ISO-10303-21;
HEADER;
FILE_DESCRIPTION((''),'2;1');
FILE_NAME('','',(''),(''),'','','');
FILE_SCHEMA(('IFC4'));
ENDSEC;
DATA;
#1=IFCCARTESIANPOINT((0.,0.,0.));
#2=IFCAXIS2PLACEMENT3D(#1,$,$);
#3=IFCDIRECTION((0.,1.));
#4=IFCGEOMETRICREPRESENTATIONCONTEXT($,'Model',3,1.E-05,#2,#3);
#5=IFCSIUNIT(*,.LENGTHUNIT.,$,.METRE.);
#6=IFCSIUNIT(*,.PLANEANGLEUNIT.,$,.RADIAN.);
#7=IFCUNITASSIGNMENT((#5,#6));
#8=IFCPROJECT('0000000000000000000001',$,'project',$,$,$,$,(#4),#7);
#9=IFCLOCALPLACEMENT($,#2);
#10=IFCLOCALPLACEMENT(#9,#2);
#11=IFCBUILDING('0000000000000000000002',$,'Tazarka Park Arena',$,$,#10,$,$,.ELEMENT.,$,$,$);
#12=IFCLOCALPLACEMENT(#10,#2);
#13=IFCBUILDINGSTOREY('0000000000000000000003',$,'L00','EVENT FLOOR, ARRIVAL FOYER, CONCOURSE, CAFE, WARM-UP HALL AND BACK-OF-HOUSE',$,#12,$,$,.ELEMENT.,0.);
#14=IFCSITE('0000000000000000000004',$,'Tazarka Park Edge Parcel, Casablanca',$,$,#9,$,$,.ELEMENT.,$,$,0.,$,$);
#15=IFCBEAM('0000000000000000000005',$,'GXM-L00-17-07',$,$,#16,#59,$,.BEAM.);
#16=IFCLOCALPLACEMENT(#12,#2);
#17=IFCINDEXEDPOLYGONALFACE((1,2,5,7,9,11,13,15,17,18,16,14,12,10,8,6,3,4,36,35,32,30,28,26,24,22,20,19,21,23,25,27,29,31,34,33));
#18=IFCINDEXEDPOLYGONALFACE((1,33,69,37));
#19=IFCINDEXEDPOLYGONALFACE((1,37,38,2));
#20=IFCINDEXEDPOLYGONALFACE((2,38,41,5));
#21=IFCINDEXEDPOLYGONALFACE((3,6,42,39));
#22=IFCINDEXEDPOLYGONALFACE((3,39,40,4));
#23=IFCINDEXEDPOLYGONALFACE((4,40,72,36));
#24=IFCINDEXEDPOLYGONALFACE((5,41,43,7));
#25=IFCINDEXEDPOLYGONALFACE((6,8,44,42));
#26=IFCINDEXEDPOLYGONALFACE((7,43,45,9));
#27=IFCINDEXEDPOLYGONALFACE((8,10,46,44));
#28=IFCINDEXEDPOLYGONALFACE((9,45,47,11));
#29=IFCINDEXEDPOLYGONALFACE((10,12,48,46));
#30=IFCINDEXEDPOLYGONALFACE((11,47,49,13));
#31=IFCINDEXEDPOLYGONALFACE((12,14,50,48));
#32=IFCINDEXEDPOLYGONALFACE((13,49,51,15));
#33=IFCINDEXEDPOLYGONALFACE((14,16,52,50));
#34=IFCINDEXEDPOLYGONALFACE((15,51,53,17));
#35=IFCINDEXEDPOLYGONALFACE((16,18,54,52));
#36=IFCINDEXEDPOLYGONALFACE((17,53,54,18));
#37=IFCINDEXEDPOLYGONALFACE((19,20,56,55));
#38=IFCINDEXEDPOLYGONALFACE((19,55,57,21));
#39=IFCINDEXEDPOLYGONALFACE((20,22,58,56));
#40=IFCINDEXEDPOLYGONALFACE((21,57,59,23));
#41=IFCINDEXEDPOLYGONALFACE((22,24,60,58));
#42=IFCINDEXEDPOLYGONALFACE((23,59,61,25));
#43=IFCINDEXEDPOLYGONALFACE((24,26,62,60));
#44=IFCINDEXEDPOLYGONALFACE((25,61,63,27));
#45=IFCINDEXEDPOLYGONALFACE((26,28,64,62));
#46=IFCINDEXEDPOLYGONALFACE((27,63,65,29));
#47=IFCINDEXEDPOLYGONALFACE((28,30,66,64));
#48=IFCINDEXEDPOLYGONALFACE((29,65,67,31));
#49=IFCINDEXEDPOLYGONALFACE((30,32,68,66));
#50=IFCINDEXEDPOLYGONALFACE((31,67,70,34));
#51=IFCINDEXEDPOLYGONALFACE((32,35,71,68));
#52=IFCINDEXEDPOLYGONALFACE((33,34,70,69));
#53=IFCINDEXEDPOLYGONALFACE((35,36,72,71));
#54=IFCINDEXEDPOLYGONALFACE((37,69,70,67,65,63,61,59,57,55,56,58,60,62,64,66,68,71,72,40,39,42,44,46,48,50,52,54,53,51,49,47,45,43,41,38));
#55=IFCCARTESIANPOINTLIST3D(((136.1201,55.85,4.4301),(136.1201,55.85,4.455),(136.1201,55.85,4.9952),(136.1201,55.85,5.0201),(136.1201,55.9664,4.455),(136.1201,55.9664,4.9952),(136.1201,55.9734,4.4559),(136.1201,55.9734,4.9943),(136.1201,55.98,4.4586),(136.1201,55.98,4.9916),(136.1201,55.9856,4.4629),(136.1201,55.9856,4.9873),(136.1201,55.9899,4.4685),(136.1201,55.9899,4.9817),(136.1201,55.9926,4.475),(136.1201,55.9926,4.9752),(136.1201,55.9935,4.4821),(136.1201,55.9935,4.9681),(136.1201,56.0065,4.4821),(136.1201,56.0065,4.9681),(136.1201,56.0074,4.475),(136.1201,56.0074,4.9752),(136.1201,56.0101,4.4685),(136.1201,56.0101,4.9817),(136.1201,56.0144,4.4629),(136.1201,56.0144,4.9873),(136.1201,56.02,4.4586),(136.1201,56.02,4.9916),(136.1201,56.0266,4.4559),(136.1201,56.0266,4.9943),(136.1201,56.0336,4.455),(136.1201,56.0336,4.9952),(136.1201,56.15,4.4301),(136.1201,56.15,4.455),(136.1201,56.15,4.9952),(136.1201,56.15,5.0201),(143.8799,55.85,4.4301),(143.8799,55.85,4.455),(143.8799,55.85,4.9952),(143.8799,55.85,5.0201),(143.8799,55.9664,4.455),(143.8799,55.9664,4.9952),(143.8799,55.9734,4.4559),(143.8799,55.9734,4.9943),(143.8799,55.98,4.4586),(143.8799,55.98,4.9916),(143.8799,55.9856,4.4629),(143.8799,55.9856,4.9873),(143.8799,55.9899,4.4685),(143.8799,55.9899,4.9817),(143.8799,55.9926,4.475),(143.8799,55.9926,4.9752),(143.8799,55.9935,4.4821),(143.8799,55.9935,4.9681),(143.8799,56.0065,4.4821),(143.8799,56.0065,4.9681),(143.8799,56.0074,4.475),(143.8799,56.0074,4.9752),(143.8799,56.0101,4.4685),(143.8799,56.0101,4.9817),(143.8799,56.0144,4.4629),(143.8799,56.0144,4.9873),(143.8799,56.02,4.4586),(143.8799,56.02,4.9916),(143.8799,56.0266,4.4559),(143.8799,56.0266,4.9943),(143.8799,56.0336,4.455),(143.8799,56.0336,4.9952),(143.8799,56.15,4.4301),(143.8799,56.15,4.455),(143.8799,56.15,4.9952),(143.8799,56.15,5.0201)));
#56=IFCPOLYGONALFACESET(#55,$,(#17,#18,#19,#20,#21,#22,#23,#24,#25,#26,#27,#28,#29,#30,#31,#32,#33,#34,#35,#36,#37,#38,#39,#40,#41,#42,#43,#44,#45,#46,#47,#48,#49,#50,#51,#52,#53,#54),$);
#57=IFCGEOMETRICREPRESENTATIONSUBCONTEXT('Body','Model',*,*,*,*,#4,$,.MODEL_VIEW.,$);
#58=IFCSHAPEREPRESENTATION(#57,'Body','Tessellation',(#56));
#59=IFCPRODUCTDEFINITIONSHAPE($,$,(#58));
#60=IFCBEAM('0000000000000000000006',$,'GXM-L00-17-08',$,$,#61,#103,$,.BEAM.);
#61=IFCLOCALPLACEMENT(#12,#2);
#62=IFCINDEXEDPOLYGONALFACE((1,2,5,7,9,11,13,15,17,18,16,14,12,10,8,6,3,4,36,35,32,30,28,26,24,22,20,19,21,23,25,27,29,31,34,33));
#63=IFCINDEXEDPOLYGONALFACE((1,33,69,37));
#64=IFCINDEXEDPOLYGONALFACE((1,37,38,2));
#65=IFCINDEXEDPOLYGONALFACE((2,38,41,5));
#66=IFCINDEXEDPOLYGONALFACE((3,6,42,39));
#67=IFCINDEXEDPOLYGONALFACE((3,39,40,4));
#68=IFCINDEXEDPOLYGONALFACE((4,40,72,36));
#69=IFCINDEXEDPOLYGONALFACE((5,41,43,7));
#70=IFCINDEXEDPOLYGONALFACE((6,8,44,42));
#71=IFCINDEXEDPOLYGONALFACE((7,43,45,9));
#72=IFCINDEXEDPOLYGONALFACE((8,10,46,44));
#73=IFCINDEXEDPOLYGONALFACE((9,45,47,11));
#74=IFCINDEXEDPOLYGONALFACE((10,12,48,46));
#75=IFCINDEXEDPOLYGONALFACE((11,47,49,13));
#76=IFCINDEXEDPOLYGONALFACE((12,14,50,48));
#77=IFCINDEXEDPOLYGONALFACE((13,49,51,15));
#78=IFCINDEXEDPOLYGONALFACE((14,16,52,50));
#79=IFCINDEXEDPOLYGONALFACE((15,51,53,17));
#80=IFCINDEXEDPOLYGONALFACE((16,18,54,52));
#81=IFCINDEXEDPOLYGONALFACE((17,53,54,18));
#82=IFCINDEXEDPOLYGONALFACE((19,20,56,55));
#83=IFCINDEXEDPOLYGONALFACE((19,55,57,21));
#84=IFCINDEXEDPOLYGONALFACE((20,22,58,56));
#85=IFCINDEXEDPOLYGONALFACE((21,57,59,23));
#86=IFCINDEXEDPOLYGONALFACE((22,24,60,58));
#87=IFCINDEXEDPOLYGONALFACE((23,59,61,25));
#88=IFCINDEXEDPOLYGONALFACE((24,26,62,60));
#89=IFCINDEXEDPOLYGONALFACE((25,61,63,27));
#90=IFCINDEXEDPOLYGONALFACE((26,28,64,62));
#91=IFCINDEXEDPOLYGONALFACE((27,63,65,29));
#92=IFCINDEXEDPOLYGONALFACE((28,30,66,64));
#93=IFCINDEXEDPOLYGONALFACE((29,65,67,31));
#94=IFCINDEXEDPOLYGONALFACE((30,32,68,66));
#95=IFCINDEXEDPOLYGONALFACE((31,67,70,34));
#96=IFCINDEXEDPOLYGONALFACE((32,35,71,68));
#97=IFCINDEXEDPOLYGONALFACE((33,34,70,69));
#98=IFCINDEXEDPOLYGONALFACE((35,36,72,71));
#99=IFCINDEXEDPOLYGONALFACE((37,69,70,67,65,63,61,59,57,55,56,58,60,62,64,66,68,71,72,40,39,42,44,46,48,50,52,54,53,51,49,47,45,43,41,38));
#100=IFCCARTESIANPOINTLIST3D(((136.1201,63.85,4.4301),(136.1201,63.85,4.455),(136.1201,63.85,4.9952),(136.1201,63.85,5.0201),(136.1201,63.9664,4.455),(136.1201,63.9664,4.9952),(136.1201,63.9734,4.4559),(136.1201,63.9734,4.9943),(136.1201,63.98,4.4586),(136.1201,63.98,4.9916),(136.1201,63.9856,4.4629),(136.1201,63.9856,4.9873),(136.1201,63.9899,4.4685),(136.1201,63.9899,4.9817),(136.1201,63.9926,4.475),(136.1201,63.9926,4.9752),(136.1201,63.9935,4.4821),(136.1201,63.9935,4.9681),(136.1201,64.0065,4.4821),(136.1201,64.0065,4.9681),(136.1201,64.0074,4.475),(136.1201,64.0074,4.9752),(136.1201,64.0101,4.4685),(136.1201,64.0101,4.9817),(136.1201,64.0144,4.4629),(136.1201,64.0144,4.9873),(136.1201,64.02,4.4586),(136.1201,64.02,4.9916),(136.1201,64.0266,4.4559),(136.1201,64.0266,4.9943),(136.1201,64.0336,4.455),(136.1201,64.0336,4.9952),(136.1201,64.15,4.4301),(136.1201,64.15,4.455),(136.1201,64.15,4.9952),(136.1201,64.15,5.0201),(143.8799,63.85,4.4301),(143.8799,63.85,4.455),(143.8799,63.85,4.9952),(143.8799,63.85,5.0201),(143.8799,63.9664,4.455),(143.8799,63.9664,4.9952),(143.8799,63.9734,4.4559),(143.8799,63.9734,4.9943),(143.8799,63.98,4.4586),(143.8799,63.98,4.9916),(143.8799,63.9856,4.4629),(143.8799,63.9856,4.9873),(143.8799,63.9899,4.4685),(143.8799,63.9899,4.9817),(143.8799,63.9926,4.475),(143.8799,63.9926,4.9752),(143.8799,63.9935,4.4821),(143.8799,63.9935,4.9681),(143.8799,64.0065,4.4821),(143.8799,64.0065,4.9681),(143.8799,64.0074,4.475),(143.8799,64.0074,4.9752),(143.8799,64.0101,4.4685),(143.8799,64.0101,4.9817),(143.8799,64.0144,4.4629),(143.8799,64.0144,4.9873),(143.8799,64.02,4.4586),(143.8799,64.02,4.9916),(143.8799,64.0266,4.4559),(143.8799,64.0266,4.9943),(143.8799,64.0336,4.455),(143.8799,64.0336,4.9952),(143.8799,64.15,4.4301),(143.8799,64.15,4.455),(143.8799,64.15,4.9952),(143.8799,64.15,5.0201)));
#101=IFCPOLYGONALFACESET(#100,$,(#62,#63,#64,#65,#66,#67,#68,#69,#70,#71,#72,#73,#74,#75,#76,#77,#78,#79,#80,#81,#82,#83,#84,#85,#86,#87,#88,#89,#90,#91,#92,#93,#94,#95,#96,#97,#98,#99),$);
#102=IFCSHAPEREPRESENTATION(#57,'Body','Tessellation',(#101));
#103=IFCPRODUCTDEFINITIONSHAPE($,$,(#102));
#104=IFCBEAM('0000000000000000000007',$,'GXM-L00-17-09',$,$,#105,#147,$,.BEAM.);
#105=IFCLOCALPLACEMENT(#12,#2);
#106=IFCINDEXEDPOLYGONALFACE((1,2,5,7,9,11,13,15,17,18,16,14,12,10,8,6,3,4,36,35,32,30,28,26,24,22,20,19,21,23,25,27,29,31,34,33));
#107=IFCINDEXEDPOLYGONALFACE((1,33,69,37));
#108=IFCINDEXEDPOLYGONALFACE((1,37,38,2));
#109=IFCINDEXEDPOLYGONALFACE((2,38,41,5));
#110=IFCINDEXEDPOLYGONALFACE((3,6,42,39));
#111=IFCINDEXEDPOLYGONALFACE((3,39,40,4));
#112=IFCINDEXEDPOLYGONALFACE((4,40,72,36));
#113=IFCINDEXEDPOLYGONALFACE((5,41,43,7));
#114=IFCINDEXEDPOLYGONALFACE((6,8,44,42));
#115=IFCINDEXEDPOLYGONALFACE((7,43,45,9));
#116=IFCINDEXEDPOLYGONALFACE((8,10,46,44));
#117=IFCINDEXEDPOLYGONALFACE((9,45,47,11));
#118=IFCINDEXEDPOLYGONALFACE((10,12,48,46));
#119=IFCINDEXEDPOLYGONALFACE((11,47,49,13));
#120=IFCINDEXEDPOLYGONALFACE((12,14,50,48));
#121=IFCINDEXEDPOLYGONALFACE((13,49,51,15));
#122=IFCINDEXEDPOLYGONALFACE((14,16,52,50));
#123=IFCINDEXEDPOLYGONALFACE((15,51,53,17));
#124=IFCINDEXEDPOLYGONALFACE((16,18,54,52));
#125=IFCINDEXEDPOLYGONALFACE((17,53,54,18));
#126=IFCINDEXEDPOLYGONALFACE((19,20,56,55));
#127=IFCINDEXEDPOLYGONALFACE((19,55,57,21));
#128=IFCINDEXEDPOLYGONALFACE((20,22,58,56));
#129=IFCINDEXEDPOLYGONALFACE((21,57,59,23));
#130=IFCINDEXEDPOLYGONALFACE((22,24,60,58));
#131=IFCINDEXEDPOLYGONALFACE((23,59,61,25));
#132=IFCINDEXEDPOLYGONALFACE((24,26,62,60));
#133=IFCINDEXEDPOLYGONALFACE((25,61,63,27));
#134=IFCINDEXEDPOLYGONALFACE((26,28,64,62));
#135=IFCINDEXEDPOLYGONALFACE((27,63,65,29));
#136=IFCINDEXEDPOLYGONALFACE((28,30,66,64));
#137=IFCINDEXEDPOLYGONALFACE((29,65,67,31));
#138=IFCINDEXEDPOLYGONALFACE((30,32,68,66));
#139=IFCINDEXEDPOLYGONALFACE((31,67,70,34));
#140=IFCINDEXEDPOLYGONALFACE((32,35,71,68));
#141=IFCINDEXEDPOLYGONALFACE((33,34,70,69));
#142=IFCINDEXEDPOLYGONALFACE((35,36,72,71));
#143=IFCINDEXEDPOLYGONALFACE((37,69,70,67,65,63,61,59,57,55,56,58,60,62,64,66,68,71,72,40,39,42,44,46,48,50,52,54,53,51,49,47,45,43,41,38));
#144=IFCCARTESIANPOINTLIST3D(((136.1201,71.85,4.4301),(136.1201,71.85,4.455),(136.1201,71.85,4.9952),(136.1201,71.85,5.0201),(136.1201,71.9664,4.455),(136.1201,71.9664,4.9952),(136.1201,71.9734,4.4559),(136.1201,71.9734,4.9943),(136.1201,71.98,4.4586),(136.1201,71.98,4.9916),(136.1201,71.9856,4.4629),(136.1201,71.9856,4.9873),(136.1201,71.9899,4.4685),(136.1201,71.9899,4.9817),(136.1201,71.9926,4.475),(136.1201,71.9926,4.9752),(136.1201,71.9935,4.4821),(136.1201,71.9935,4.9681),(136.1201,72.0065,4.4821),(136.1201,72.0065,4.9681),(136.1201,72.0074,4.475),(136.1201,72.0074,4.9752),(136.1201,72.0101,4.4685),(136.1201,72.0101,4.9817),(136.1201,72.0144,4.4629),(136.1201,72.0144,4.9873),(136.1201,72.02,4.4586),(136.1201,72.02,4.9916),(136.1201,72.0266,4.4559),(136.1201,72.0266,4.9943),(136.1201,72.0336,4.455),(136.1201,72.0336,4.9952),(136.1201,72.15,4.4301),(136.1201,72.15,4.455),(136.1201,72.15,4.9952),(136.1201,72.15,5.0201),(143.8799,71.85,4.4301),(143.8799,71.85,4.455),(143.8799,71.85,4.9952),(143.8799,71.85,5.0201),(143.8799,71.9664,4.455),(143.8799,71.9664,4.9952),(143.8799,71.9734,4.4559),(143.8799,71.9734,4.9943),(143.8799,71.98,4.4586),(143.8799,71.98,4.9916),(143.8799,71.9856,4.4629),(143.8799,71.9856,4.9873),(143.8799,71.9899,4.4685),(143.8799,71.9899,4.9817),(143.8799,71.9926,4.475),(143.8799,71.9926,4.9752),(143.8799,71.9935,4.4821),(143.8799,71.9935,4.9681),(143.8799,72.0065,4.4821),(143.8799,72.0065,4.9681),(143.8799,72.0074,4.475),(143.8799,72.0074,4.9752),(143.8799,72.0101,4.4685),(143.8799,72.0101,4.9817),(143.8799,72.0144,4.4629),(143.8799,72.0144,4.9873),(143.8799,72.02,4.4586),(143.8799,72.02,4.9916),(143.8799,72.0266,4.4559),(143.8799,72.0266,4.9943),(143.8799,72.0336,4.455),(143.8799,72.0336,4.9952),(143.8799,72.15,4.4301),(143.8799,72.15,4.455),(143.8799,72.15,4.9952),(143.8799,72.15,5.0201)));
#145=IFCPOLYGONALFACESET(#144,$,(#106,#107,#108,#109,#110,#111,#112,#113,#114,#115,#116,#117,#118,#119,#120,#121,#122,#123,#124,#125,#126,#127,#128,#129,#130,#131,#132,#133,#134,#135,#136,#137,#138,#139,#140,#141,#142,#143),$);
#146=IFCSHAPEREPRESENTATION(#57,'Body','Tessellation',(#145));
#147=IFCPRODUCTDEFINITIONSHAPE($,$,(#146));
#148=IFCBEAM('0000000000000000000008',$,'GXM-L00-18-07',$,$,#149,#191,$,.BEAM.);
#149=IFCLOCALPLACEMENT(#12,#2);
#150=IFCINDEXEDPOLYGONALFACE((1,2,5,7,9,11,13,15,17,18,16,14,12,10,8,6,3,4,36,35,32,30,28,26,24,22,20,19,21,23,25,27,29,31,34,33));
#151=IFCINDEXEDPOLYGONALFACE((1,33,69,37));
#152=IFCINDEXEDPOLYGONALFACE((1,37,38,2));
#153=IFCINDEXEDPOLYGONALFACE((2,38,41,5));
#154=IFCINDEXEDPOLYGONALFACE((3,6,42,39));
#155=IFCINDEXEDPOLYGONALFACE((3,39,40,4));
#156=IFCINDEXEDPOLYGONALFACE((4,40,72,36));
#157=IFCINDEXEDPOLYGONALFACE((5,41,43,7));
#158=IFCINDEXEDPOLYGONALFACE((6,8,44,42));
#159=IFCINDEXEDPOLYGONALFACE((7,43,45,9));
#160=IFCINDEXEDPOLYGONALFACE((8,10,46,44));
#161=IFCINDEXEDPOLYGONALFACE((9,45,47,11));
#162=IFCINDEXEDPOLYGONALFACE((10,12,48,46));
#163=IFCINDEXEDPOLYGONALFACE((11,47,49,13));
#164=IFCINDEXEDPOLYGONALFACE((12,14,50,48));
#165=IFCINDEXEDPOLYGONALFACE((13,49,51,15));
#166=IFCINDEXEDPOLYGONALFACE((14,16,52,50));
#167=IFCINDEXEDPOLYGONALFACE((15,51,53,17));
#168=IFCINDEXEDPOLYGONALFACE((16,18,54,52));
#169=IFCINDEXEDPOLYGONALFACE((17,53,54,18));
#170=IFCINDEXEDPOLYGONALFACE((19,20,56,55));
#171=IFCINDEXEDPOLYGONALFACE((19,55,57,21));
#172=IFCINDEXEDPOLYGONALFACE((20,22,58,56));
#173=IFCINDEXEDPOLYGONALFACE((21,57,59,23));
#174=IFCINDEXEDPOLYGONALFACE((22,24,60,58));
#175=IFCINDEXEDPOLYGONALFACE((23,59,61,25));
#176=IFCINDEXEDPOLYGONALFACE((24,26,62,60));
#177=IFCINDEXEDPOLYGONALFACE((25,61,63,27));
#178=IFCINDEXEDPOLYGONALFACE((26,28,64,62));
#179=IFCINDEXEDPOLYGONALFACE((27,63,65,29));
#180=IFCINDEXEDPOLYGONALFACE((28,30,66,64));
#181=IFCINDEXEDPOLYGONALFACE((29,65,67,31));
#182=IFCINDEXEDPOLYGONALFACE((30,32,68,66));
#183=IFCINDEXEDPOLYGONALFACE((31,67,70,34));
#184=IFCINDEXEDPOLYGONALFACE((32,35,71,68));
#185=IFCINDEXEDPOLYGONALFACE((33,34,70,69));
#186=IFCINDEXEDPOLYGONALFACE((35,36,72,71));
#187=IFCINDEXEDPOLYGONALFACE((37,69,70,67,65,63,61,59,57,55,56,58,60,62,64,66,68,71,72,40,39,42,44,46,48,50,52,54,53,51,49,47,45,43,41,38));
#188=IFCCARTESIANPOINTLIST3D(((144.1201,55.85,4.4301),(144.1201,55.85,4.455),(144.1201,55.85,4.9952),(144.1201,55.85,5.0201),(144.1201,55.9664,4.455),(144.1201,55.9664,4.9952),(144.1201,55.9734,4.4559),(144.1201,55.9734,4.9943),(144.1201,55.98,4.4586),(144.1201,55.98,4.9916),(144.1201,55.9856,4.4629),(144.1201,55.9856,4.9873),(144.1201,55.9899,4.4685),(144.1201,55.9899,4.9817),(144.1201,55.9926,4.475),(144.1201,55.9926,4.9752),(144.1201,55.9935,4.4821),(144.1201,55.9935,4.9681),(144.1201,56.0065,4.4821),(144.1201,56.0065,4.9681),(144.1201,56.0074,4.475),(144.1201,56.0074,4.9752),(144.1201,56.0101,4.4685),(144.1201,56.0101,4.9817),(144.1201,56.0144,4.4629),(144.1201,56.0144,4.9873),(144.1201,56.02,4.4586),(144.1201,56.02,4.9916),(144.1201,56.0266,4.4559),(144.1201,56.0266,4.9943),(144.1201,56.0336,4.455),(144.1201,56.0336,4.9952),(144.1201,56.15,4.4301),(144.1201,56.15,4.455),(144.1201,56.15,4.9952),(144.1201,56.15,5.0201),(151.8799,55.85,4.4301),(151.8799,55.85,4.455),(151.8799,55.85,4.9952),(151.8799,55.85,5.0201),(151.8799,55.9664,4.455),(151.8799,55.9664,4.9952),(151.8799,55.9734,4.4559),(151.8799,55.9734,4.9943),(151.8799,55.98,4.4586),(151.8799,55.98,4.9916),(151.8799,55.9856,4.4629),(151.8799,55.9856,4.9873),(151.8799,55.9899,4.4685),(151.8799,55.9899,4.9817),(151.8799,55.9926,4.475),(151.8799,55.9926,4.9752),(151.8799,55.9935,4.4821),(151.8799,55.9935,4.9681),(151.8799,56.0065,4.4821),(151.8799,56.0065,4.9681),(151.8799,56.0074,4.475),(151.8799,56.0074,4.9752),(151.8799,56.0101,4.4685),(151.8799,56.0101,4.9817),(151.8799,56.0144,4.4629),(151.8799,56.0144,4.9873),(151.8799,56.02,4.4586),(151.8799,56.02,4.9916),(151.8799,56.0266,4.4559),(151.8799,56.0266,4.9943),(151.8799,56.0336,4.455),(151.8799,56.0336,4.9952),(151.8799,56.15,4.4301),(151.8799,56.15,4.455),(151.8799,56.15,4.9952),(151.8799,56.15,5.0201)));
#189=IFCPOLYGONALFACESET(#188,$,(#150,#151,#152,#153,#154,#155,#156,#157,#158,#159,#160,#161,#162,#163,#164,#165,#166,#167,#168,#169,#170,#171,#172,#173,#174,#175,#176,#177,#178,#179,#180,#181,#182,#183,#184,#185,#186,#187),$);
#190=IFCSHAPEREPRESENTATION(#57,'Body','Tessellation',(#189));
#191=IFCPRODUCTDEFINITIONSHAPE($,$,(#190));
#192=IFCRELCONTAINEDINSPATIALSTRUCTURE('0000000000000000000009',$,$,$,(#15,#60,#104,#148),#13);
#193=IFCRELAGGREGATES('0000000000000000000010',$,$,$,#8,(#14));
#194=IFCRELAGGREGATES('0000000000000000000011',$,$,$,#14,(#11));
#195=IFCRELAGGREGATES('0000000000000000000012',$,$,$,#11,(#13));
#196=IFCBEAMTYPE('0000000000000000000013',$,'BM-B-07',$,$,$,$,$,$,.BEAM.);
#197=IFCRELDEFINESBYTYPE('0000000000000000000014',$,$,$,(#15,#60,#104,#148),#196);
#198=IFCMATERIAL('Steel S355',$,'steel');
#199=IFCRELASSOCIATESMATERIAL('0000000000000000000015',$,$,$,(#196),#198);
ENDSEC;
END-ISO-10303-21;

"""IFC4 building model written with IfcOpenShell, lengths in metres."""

from ifc_helpers import new_model, si_unit, direction, frame, origin, origin_2d, place, context, subcontext, project, spatial, i_section, extrude, material, material_profile, profile_set, type_object, element, save


model = new_model("IFC4")

# Units and contexts
model_context = context("Model", 3, precision=1e-05, world=origin(), true_north=direction((0.0, 1.0)))
body_context = subcontext(model_context, "Body", "Model", "MODEL_VIEW")
ifc_project = project(units=[si_unit("LENGTHUNIT", "METRE"), si_unit("PLANEANGLEUNIT", "RADIAN")], contexts=[model_context])

# Site, building, storey
site_placement = place(None, origin())
site = spatial("IfcSite", under=ifc_project, at=site_placement, Name="Tazarka Park Edge Parcel, Casablanca", CompositionType="ELEMENT", RefElevation=0.0)
building_placement = place(site_placement, origin())
building = spatial("IfcBuilding", under=site, at=building_placement, Name="Tazarka Park Arena", CompositionType="ELEMENT")
storey_placement = place(building_placement, origin())
storey = spatial("IfcBuildingStorey", under=building, at=storey_placement, Name="L00", Description="EVENT FLOOR, ARRIVAL FOYER, CONCOURSE, CAFE, WARM-UP HALL AND BACK-OF-HOUSE", CompositionType="ELEMENT", Elevation=0.0)

# Beams
ifc_material_1 = material(Name="Steel S355", Category="steel")
ifc_material_profile_1 = material_profile(ifc_material_1, i_section(OverallWidth=0.3, OverallDepth=0.5901, WebThickness=0.0129, FlangeThickness=0.0249, FilletRadius=0.0271, at=origin_2d()), Name="Steel S355")
ifc_profile_set_1 = profile_set([ifc_material_profile_1], Name="Steel S355")
beam_type_1 = type_object("IfcBeamType", Name="BM-B-07", PredefinedType="BEAM", material=ifc_profile_set_1)
for number, where, z_axis, x_axis, name in (
    (1, (136.1201, 56.0, 4.7251), (1.0, 0.0, 0.0), (0.0, 1.0, 0.0), "GXM-L00-17-07"),
    (2, (136.1201, 64.0, 4.7251), (1.0, 0.0, 0.0), (0.0, 1.0, 0.0), "GXM-L00-17-08"),
    (3, (136.1201, 72.0, 4.7251), (1.0, 0.0, 0.0), (0.0, 1.0, 0.0), "GXM-L00-17-09"),
    (4, (144.1201, 56.0, 4.7251), (1.0, 0.0, 0.0), (0.0, 1.0, 0.0), "GXM-L00-18-07"),
):
    element("IfcBeam", number, at=place(storey_placement, frame(where, z_axis=z_axis, x_axis=x_axis)), inside=storey, type_object=beam_type_1, Name=name, PredefinedType="BEAM", context=body_context, shape_type="SweptSolid", body=[
        extrude(i_section(OverallWidth=0.3, OverallDepth=0.5901, WebThickness=0.0129, FlangeThickness=0.0249, FilletRadius=0.0271, at=origin_2d()), origin(), (0.0, 0.0, 1.0), 7.7598),
    ])

save(model, "model.ifc")
